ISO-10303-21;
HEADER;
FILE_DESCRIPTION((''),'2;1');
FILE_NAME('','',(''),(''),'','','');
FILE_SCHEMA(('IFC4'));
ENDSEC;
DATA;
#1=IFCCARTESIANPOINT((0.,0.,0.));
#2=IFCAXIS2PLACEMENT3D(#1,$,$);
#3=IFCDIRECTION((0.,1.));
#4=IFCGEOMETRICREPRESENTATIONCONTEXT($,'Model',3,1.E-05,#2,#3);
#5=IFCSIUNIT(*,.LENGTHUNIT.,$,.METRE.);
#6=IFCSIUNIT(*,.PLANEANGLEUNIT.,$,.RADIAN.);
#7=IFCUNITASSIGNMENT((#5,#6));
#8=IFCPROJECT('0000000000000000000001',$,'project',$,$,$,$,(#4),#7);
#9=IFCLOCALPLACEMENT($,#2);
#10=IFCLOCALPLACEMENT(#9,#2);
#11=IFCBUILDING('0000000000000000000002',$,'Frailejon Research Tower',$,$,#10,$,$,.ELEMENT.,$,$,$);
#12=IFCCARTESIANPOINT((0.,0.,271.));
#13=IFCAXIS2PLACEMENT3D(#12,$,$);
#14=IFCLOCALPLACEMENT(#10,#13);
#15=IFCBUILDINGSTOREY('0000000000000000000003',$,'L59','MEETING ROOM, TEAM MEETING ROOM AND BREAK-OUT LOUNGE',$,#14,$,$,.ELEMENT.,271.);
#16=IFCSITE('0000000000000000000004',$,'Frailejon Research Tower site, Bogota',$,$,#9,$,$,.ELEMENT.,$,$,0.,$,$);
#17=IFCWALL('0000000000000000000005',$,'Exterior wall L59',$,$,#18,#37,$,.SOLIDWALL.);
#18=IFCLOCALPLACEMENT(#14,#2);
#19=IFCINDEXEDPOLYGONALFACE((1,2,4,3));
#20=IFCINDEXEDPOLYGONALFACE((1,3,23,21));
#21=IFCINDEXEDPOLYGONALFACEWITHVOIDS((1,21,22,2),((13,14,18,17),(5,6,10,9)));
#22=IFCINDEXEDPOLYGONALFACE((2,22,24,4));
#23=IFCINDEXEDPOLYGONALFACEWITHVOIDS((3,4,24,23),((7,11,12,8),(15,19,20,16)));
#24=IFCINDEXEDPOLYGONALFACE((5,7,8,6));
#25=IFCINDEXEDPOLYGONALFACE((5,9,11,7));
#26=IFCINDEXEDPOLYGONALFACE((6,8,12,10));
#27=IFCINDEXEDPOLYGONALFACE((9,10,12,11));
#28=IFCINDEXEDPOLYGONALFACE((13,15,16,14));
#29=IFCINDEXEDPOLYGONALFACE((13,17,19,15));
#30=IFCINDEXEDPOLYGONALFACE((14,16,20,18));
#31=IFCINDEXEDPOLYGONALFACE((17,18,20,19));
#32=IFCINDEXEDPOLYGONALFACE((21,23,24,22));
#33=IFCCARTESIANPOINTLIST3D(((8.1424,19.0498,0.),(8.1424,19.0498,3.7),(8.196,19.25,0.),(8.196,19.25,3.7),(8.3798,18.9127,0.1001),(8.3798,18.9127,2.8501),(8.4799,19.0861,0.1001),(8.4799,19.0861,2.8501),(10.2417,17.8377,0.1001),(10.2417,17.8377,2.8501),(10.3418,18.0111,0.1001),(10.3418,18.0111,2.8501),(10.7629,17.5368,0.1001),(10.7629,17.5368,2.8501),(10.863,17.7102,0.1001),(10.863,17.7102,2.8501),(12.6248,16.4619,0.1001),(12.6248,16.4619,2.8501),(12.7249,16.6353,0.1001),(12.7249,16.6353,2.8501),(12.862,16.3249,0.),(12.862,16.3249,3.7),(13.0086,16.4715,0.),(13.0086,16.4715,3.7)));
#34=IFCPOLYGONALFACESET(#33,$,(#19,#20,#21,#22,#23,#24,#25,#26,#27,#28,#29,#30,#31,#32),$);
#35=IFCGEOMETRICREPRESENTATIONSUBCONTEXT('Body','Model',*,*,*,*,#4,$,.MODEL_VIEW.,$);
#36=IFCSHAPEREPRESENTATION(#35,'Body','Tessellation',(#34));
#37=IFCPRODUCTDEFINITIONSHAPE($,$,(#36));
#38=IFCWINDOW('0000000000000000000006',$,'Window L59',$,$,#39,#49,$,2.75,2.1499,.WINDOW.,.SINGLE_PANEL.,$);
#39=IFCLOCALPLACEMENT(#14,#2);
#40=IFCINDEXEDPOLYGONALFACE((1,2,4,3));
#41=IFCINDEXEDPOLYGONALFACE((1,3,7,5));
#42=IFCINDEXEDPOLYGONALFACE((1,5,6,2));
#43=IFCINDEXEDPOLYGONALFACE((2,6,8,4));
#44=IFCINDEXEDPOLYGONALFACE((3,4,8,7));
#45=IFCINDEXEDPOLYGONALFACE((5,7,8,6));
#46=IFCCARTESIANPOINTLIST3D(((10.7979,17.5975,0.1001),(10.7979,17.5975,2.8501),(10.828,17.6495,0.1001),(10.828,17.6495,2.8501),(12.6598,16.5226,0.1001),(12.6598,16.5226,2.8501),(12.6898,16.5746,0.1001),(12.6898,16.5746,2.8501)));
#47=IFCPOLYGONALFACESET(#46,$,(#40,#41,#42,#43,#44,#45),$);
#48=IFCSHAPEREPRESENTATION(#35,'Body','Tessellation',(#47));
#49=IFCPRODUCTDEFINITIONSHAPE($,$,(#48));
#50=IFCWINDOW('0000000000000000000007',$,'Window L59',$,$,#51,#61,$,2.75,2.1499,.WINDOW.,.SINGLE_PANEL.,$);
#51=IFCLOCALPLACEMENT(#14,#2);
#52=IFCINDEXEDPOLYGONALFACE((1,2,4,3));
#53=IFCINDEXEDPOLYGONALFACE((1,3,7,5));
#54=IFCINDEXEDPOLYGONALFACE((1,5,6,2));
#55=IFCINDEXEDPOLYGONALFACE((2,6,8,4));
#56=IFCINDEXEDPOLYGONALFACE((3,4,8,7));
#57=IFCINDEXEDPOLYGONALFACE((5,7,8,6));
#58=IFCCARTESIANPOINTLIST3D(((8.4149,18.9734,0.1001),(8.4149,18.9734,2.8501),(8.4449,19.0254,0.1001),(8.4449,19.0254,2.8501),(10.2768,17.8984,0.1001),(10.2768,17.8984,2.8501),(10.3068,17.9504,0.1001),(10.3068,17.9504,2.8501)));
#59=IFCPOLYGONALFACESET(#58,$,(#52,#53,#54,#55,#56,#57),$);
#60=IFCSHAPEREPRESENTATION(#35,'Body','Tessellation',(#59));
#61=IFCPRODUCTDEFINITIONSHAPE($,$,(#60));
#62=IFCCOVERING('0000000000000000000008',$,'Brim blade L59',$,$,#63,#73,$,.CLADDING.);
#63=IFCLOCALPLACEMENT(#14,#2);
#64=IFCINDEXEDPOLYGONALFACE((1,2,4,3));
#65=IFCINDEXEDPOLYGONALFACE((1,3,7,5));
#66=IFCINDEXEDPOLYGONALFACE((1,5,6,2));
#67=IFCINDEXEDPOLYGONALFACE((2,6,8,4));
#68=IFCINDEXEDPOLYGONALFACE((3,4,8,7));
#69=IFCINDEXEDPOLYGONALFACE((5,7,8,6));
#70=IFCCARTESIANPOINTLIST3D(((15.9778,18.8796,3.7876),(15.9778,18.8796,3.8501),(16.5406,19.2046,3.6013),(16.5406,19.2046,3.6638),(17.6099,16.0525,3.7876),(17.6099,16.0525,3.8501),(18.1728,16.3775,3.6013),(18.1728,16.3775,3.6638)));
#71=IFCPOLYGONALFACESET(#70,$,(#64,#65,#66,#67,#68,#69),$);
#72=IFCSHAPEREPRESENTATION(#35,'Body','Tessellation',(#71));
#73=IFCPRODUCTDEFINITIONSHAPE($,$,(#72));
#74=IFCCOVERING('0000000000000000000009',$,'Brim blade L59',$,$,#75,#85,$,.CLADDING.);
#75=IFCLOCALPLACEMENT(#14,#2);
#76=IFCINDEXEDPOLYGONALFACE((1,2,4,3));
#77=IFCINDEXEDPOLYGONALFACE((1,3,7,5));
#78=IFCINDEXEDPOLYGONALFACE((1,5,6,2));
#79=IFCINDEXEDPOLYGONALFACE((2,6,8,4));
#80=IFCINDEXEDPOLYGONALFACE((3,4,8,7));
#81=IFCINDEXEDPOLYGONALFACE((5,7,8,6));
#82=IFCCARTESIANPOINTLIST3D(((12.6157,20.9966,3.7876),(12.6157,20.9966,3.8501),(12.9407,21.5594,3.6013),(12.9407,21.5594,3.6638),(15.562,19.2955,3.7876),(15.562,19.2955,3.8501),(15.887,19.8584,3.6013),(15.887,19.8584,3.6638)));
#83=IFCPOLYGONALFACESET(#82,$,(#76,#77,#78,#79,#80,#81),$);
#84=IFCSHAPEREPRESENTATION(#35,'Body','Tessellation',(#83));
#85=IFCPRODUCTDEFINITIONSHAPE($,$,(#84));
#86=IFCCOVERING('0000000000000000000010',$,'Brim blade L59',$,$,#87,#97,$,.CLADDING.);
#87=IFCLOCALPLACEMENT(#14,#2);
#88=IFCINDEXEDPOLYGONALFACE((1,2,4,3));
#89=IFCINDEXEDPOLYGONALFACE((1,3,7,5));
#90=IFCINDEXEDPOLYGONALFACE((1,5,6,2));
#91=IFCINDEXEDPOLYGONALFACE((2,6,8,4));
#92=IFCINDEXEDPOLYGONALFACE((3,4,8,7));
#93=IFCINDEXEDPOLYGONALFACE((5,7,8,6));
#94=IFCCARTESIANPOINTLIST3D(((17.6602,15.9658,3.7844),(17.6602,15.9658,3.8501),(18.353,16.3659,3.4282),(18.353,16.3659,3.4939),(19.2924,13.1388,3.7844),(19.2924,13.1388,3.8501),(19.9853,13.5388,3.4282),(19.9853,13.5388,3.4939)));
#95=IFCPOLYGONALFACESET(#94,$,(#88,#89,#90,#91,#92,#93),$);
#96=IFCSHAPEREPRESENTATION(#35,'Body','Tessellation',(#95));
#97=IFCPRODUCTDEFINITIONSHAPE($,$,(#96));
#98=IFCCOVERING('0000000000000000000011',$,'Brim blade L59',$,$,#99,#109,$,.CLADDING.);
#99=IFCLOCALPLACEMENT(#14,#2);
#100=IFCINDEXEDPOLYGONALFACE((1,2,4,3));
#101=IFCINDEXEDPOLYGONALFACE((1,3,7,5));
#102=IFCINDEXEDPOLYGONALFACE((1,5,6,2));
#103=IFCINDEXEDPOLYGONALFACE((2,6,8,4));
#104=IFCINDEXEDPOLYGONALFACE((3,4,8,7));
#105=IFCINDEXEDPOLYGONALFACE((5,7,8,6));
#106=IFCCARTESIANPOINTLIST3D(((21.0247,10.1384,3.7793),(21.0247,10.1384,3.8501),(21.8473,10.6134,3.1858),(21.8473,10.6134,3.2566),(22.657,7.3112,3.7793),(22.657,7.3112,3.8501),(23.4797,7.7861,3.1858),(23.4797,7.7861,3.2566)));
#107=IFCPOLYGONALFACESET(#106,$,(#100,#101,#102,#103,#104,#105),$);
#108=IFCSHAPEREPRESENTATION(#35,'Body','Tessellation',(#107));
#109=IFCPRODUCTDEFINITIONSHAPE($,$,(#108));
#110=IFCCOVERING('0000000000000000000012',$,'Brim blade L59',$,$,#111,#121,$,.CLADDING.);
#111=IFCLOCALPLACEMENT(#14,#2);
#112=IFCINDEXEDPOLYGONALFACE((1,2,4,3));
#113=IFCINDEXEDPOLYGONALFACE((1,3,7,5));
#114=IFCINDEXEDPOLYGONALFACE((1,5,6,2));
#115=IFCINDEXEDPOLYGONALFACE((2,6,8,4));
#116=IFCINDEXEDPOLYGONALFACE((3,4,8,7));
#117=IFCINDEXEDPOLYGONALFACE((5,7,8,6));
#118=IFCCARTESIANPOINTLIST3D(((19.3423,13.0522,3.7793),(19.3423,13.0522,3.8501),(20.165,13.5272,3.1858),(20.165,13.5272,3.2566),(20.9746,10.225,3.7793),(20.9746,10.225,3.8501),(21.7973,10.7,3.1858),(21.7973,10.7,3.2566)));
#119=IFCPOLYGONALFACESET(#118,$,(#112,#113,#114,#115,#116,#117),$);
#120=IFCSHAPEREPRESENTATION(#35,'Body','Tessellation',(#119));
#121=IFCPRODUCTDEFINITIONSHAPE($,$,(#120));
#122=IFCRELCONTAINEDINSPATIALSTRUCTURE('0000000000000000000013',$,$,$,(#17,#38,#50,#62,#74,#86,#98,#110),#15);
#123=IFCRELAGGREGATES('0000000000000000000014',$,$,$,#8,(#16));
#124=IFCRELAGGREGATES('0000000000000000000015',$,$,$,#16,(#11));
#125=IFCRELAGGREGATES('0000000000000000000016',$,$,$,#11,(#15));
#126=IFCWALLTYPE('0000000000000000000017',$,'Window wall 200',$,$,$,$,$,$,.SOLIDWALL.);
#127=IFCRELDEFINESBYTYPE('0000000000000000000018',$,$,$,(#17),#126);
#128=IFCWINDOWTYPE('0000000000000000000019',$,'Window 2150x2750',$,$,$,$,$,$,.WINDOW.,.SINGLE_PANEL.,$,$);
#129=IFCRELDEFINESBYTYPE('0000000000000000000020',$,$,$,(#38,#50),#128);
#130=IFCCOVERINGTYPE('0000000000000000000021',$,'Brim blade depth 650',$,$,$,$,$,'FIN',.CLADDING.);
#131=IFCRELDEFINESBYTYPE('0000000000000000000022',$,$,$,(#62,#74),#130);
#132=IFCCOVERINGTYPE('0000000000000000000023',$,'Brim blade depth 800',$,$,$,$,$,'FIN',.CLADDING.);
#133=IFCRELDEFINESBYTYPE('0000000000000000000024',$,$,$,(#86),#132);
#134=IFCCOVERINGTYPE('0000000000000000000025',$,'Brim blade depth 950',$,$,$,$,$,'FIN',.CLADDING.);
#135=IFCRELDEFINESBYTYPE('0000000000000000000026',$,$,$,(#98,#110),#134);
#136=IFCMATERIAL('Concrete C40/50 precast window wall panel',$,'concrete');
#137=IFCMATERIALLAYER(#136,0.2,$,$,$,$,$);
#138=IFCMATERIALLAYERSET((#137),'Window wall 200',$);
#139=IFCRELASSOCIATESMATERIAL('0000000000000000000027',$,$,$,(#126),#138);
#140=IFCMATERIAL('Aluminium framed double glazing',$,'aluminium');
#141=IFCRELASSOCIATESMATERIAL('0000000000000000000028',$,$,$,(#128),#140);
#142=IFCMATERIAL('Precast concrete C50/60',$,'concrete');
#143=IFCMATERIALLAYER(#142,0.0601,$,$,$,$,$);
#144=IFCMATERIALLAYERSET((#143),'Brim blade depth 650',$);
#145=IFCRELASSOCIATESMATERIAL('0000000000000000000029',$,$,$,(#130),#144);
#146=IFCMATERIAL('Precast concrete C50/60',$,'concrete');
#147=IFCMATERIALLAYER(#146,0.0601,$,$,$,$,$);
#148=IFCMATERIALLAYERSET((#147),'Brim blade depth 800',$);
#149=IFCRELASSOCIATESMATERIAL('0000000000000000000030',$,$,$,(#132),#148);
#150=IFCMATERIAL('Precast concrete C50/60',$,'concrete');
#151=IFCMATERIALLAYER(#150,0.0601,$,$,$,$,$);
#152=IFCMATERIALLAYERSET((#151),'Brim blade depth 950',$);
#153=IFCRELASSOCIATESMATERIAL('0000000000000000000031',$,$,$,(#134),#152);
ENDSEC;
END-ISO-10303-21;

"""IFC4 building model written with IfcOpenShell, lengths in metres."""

from ifc_helpers import new_model, si_unit, direction, frame, frame_2d, origin, place, context, subcontext, project, spatial, polyline, rectangle, outline, extrude, material, layer, layer_set, type_object, element, fill, save


model = new_model("IFC4")

# Units and contexts
model_context = context("Model", 3, precision=1e-05, world=origin(), true_north=direction((0.0, 1.0)))
body_context = subcontext(model_context, "Body", "Model", "MODEL_VIEW")
ifc_project = project(units=[si_unit("LENGTHUNIT", "METRE"), si_unit("PLANEANGLEUNIT", "RADIAN")], contexts=[model_context])

# Site, building, storey
site_placement = place(None, origin())
site = spatial("IfcSite", under=ifc_project, at=site_placement, Name="Frailejon Research Tower site, Bogota", CompositionType="ELEMENT", RefElevation=0.0)
building_placement = place(site_placement, origin())
building = spatial("IfcBuilding", under=site, at=building_placement, Name="Frailejon Research Tower", CompositionType="ELEMENT")
storey_placement = place(building_placement, frame((0.0, 0.0, 271.0)))
storey = spatial("IfcBuildingStorey", under=building, at=storey_placement, Name="L59", Description="MEETING ROOM, TEAM MEETING ROOM AND BREAK-OUT LOUNGE", CompositionType="ELEMENT", Elevation=271.0)

# Wall, openings, windows
ifc_material_1 = material(Name="Concrete C40/50 precast window wall panel", Category="concrete")
ifc_layer_1 = layer(ifc_material_1, 0.2)
ifc_layer_set_1 = layer_set([ifc_layer_1], Name="Window wall 200")
wall_type = type_object("IfcWallType", Name="Window wall 200", PredefinedType="SOLIDWALL", material=ifc_layer_set_1)
wall_placement = place(storey_placement, frame((12.9353, 16.3982, 0.0), z_axis=(0.0, 0.0, 1.0), x_axis=(-0.866026, 0.499999, 0.0)))
wall = element("IfcWall", 1, at=wall_placement, inside=storey, type_object=wall_type, Name="Exterior wall L59", PredefinedType="SOLIDWALL", context=body_context, shape_type="SweptSolid", body=[
    extrude(outline(polyline([(-0.0269, -0.1001), (1.0845, -0.1001), (2.196, -0.1001), (3.3074, -0.1001), (4.4189, -0.1001), (5.5303, -0.1001), (5.4766, 0.1001), (4.3867, 0.1001), (3.2966, 0.1001), (2.2068, 0.1001), (1.1167, 0.1001), (0.0269, 0.1001), (-0.0269, -0.1001)])), origin(), (0.0, 0.0, 1.0), 3.7),
])
opening_1_placement = place(wall_placement, frame((0.3008, 0.0, 0.1001)))
opening_1 = element("IfcOpeningElement", 2, at=opening_1_placement, cuts=wall, PredefinedType="OPENING", context=body_context, shape_type="SweptSolid", body=[
    extrude(rectangle(XDim=2.1499, YDim=2.75, at=frame_2d((1.075, 1.375))), frame((0.0, 0.1099, 0.0), z_axis=(0.0, -1.0, 0.0), x_axis=(1.0, 0.0, 0.0)), (0.0, 0.0, 1.0), 0.22),
])
opening_2_placement = place(wall_placement, frame((3.0525, 0.0, 0.1001)))
opening_2 = element("IfcOpeningElement", 3, at=opening_2_placement, cuts=wall, PredefinedType="OPENING", context=body_context, shape_type="SweptSolid", body=[
    extrude(rectangle(XDim=2.1499, YDim=2.75, at=frame_2d((1.075, 1.375))), frame((0.0, 0.1099, 0.0), z_axis=(0.0, -1.0, 0.0), x_axis=(1.0, 0.0, 0.0)), (0.0, 0.0, 1.0), 0.22),
])
ifc_material_2 = material(Name="Aluminium framed double glazing", Category="aluminium")
window_type = type_object("IfcWindowType", Name="Window 2150x2750", PartitioningType="SINGLE_PANEL", PredefinedType="WINDOW", material=ifc_material_2)
window_1_placement = place(opening_1_placement, origin())
window_1 = element("IfcWindow", 4, at=window_1_placement, inside=storey, type_object=window_type, Name="Window L59", OverallHeight=2.75, OverallWidth=2.1499, PartitioningType="SINGLE_PANEL", PredefinedType="WINDOW", context=body_context, shape_type="SweptSolid", body=[
    extrude(rectangle(XDim=2.1499, YDim=2.75, at=frame_2d((1.075, 1.375))), frame((0.0, 0.03, 0.0), z_axis=(0.0, -1.0, 0.0), x_axis=(1.0, 0.0, 0.0)), (0.0, 0.0, 1.0), 0.0601),
])
fill(opening_1, window_1)
window_2_placement = place(opening_2_placement, origin())
window_2 = element("IfcWindow", 5, at=window_2_placement, inside=storey, type_object=window_type, Name="Window L59", OverallHeight=2.75, OverallWidth=2.1499, PartitioningType="SINGLE_PANEL", PredefinedType="WINDOW", context=body_context, shape_type="SweptSolid", body=[
    extrude(rectangle(XDim=2.1499, YDim=2.75, at=frame_2d((1.075, 1.375))), frame((0.0, 0.03, 0.0), z_axis=(0.0, -1.0, 0.0), x_axis=(1.0, 0.0, 0.0)), (0.0, 0.0, 1.0), 0.0601),
])
fill(opening_2, window_2)

# Coverings
ifc_material_3 = material(Name="Precast concrete C50/60", Category="concrete")
ifc_layer_2 = layer(ifc_material_3, 0.0601)
ifc_layer_set_2 = layer_set([ifc_layer_2], Name="Brim blade depth 650")
covering_type_1 = type_object("IfcCoveringType", Name="Brim blade depth 650", ElementType="FIN", PredefinedType="CLADDING", material=ifc_layer_set_2)
covering_1_placement = place(storey_placement, frame((15.9778, 18.8796, 3.8501), z_axis=(0.499981, -0.866036, 0.0), x_axis=(0.866036, 0.499981, 0.0)))
element("IfcCovering", 6, at=covering_1_placement, inside=storey, type_object=covering_type_1, Name="Brim blade L59", PredefinedType="CLADDING", context=body_context, shape_type="SweptSolid", body=[
    extrude(outline(polyline([(0.0, -0.0625), (0.6499, -0.2488), (0.6499, -0.1863), (0.0, 0.0), (0.0, -0.0625)])), origin(), (0.0, 0.0, 1.0), 3.2644),
])
covering_2_placement = place(storey_placement, frame((12.6157, 20.9966, 3.8501), z_axis=(0.866024, -0.500003, 0.0), x_axis=(0.500003, 0.866024, 0.0)))
element("IfcCovering", 7, at=covering_2_placement, inside=storey, type_object=covering_type_1, Name="Brim blade L59", PredefinedType="CLADDING", context=body_context, shape_type="SweptSolid", body=[
    extrude(outline(polyline([(0.0, -0.0625), (0.6499, -0.2488), (0.6499, -0.1863), (0.0, 0.0), (0.0, -0.0625)])), origin(), (0.0, 0.0, 1.0), 3.4021),
])
ifc_material_4 = material(Name="Precast concrete C50/60", Category="concrete")
ifc_layer_3 = layer(ifc_material_4, 0.0601)
ifc_layer_set_3 = layer_set([ifc_layer_3], Name="Brim blade depth 800")
covering_type_2 = type_object("IfcCoveringType", Name="Brim blade depth 800", ElementType="FIN", PredefinedType="CLADDING", material=ifc_layer_set_3)
covering_3_placement = place(storey_placement, frame((17.6602, 15.9658, 3.8501), z_axis=(0.500017, -0.866016, 0.0), x_axis=(0.866016, 0.500017, 0.0)))
element("IfcCovering", 8, at=covering_3_placement, inside=storey, type_object=covering_type_2, Name="Brim blade L59", PredefinedType="CLADDING", context=body_context, shape_type="SweptSolid", body=[
    extrude(outline(polyline([(0.0, -0.0657), (0.8, -0.4219), (0.8, -0.3562), (0.0, 0.0), (0.0, -0.0657)])), origin(), (0.0, 0.0, 1.0), 3.2644),
])
ifc_material_5 = material(Name="Precast concrete C50/60", Category="concrete")
ifc_layer_4 = layer(ifc_material_5, 0.0601)
ifc_layer_set_4 = layer_set([ifc_layer_4], Name="Brim blade depth 950")
covering_type_3 = type_object("IfcCoveringType", Name="Brim blade depth 950", ElementType="FIN", PredefinedType="CLADDING", material=ifc_layer_set_4)
for number, where, z_axis, x_axis, name in (
    (9, (21.0247, 10.1384, 3.8501), (0.500004, -0.866023, 0.0), (0.866023, 0.500004, 0.0), "Brim blade L59"),
    (10, (19.3423, 13.0522, 3.8501), (0.500004, -0.866023, 0.0), (0.866023, 0.500004, 0.0), "Brim blade L59"),
):
    element("IfcCovering", number, at=place(storey_placement, frame(where, z_axis=z_axis, x_axis=x_axis)), inside=storey, type_object=covering_type_3, Name=name, PredefinedType="CLADDING", context=body_context, shape_type="SweptSolid", body=[
        extrude(outline(polyline([(0.0, -0.0708), (0.95, -0.6643), (0.95, -0.5935), (0.0, 0.0), (0.0, -0.0708)])), origin(), (0.0, 0.0, 1.0), 3.2646),
    ])

save(model, "model.ifc")
